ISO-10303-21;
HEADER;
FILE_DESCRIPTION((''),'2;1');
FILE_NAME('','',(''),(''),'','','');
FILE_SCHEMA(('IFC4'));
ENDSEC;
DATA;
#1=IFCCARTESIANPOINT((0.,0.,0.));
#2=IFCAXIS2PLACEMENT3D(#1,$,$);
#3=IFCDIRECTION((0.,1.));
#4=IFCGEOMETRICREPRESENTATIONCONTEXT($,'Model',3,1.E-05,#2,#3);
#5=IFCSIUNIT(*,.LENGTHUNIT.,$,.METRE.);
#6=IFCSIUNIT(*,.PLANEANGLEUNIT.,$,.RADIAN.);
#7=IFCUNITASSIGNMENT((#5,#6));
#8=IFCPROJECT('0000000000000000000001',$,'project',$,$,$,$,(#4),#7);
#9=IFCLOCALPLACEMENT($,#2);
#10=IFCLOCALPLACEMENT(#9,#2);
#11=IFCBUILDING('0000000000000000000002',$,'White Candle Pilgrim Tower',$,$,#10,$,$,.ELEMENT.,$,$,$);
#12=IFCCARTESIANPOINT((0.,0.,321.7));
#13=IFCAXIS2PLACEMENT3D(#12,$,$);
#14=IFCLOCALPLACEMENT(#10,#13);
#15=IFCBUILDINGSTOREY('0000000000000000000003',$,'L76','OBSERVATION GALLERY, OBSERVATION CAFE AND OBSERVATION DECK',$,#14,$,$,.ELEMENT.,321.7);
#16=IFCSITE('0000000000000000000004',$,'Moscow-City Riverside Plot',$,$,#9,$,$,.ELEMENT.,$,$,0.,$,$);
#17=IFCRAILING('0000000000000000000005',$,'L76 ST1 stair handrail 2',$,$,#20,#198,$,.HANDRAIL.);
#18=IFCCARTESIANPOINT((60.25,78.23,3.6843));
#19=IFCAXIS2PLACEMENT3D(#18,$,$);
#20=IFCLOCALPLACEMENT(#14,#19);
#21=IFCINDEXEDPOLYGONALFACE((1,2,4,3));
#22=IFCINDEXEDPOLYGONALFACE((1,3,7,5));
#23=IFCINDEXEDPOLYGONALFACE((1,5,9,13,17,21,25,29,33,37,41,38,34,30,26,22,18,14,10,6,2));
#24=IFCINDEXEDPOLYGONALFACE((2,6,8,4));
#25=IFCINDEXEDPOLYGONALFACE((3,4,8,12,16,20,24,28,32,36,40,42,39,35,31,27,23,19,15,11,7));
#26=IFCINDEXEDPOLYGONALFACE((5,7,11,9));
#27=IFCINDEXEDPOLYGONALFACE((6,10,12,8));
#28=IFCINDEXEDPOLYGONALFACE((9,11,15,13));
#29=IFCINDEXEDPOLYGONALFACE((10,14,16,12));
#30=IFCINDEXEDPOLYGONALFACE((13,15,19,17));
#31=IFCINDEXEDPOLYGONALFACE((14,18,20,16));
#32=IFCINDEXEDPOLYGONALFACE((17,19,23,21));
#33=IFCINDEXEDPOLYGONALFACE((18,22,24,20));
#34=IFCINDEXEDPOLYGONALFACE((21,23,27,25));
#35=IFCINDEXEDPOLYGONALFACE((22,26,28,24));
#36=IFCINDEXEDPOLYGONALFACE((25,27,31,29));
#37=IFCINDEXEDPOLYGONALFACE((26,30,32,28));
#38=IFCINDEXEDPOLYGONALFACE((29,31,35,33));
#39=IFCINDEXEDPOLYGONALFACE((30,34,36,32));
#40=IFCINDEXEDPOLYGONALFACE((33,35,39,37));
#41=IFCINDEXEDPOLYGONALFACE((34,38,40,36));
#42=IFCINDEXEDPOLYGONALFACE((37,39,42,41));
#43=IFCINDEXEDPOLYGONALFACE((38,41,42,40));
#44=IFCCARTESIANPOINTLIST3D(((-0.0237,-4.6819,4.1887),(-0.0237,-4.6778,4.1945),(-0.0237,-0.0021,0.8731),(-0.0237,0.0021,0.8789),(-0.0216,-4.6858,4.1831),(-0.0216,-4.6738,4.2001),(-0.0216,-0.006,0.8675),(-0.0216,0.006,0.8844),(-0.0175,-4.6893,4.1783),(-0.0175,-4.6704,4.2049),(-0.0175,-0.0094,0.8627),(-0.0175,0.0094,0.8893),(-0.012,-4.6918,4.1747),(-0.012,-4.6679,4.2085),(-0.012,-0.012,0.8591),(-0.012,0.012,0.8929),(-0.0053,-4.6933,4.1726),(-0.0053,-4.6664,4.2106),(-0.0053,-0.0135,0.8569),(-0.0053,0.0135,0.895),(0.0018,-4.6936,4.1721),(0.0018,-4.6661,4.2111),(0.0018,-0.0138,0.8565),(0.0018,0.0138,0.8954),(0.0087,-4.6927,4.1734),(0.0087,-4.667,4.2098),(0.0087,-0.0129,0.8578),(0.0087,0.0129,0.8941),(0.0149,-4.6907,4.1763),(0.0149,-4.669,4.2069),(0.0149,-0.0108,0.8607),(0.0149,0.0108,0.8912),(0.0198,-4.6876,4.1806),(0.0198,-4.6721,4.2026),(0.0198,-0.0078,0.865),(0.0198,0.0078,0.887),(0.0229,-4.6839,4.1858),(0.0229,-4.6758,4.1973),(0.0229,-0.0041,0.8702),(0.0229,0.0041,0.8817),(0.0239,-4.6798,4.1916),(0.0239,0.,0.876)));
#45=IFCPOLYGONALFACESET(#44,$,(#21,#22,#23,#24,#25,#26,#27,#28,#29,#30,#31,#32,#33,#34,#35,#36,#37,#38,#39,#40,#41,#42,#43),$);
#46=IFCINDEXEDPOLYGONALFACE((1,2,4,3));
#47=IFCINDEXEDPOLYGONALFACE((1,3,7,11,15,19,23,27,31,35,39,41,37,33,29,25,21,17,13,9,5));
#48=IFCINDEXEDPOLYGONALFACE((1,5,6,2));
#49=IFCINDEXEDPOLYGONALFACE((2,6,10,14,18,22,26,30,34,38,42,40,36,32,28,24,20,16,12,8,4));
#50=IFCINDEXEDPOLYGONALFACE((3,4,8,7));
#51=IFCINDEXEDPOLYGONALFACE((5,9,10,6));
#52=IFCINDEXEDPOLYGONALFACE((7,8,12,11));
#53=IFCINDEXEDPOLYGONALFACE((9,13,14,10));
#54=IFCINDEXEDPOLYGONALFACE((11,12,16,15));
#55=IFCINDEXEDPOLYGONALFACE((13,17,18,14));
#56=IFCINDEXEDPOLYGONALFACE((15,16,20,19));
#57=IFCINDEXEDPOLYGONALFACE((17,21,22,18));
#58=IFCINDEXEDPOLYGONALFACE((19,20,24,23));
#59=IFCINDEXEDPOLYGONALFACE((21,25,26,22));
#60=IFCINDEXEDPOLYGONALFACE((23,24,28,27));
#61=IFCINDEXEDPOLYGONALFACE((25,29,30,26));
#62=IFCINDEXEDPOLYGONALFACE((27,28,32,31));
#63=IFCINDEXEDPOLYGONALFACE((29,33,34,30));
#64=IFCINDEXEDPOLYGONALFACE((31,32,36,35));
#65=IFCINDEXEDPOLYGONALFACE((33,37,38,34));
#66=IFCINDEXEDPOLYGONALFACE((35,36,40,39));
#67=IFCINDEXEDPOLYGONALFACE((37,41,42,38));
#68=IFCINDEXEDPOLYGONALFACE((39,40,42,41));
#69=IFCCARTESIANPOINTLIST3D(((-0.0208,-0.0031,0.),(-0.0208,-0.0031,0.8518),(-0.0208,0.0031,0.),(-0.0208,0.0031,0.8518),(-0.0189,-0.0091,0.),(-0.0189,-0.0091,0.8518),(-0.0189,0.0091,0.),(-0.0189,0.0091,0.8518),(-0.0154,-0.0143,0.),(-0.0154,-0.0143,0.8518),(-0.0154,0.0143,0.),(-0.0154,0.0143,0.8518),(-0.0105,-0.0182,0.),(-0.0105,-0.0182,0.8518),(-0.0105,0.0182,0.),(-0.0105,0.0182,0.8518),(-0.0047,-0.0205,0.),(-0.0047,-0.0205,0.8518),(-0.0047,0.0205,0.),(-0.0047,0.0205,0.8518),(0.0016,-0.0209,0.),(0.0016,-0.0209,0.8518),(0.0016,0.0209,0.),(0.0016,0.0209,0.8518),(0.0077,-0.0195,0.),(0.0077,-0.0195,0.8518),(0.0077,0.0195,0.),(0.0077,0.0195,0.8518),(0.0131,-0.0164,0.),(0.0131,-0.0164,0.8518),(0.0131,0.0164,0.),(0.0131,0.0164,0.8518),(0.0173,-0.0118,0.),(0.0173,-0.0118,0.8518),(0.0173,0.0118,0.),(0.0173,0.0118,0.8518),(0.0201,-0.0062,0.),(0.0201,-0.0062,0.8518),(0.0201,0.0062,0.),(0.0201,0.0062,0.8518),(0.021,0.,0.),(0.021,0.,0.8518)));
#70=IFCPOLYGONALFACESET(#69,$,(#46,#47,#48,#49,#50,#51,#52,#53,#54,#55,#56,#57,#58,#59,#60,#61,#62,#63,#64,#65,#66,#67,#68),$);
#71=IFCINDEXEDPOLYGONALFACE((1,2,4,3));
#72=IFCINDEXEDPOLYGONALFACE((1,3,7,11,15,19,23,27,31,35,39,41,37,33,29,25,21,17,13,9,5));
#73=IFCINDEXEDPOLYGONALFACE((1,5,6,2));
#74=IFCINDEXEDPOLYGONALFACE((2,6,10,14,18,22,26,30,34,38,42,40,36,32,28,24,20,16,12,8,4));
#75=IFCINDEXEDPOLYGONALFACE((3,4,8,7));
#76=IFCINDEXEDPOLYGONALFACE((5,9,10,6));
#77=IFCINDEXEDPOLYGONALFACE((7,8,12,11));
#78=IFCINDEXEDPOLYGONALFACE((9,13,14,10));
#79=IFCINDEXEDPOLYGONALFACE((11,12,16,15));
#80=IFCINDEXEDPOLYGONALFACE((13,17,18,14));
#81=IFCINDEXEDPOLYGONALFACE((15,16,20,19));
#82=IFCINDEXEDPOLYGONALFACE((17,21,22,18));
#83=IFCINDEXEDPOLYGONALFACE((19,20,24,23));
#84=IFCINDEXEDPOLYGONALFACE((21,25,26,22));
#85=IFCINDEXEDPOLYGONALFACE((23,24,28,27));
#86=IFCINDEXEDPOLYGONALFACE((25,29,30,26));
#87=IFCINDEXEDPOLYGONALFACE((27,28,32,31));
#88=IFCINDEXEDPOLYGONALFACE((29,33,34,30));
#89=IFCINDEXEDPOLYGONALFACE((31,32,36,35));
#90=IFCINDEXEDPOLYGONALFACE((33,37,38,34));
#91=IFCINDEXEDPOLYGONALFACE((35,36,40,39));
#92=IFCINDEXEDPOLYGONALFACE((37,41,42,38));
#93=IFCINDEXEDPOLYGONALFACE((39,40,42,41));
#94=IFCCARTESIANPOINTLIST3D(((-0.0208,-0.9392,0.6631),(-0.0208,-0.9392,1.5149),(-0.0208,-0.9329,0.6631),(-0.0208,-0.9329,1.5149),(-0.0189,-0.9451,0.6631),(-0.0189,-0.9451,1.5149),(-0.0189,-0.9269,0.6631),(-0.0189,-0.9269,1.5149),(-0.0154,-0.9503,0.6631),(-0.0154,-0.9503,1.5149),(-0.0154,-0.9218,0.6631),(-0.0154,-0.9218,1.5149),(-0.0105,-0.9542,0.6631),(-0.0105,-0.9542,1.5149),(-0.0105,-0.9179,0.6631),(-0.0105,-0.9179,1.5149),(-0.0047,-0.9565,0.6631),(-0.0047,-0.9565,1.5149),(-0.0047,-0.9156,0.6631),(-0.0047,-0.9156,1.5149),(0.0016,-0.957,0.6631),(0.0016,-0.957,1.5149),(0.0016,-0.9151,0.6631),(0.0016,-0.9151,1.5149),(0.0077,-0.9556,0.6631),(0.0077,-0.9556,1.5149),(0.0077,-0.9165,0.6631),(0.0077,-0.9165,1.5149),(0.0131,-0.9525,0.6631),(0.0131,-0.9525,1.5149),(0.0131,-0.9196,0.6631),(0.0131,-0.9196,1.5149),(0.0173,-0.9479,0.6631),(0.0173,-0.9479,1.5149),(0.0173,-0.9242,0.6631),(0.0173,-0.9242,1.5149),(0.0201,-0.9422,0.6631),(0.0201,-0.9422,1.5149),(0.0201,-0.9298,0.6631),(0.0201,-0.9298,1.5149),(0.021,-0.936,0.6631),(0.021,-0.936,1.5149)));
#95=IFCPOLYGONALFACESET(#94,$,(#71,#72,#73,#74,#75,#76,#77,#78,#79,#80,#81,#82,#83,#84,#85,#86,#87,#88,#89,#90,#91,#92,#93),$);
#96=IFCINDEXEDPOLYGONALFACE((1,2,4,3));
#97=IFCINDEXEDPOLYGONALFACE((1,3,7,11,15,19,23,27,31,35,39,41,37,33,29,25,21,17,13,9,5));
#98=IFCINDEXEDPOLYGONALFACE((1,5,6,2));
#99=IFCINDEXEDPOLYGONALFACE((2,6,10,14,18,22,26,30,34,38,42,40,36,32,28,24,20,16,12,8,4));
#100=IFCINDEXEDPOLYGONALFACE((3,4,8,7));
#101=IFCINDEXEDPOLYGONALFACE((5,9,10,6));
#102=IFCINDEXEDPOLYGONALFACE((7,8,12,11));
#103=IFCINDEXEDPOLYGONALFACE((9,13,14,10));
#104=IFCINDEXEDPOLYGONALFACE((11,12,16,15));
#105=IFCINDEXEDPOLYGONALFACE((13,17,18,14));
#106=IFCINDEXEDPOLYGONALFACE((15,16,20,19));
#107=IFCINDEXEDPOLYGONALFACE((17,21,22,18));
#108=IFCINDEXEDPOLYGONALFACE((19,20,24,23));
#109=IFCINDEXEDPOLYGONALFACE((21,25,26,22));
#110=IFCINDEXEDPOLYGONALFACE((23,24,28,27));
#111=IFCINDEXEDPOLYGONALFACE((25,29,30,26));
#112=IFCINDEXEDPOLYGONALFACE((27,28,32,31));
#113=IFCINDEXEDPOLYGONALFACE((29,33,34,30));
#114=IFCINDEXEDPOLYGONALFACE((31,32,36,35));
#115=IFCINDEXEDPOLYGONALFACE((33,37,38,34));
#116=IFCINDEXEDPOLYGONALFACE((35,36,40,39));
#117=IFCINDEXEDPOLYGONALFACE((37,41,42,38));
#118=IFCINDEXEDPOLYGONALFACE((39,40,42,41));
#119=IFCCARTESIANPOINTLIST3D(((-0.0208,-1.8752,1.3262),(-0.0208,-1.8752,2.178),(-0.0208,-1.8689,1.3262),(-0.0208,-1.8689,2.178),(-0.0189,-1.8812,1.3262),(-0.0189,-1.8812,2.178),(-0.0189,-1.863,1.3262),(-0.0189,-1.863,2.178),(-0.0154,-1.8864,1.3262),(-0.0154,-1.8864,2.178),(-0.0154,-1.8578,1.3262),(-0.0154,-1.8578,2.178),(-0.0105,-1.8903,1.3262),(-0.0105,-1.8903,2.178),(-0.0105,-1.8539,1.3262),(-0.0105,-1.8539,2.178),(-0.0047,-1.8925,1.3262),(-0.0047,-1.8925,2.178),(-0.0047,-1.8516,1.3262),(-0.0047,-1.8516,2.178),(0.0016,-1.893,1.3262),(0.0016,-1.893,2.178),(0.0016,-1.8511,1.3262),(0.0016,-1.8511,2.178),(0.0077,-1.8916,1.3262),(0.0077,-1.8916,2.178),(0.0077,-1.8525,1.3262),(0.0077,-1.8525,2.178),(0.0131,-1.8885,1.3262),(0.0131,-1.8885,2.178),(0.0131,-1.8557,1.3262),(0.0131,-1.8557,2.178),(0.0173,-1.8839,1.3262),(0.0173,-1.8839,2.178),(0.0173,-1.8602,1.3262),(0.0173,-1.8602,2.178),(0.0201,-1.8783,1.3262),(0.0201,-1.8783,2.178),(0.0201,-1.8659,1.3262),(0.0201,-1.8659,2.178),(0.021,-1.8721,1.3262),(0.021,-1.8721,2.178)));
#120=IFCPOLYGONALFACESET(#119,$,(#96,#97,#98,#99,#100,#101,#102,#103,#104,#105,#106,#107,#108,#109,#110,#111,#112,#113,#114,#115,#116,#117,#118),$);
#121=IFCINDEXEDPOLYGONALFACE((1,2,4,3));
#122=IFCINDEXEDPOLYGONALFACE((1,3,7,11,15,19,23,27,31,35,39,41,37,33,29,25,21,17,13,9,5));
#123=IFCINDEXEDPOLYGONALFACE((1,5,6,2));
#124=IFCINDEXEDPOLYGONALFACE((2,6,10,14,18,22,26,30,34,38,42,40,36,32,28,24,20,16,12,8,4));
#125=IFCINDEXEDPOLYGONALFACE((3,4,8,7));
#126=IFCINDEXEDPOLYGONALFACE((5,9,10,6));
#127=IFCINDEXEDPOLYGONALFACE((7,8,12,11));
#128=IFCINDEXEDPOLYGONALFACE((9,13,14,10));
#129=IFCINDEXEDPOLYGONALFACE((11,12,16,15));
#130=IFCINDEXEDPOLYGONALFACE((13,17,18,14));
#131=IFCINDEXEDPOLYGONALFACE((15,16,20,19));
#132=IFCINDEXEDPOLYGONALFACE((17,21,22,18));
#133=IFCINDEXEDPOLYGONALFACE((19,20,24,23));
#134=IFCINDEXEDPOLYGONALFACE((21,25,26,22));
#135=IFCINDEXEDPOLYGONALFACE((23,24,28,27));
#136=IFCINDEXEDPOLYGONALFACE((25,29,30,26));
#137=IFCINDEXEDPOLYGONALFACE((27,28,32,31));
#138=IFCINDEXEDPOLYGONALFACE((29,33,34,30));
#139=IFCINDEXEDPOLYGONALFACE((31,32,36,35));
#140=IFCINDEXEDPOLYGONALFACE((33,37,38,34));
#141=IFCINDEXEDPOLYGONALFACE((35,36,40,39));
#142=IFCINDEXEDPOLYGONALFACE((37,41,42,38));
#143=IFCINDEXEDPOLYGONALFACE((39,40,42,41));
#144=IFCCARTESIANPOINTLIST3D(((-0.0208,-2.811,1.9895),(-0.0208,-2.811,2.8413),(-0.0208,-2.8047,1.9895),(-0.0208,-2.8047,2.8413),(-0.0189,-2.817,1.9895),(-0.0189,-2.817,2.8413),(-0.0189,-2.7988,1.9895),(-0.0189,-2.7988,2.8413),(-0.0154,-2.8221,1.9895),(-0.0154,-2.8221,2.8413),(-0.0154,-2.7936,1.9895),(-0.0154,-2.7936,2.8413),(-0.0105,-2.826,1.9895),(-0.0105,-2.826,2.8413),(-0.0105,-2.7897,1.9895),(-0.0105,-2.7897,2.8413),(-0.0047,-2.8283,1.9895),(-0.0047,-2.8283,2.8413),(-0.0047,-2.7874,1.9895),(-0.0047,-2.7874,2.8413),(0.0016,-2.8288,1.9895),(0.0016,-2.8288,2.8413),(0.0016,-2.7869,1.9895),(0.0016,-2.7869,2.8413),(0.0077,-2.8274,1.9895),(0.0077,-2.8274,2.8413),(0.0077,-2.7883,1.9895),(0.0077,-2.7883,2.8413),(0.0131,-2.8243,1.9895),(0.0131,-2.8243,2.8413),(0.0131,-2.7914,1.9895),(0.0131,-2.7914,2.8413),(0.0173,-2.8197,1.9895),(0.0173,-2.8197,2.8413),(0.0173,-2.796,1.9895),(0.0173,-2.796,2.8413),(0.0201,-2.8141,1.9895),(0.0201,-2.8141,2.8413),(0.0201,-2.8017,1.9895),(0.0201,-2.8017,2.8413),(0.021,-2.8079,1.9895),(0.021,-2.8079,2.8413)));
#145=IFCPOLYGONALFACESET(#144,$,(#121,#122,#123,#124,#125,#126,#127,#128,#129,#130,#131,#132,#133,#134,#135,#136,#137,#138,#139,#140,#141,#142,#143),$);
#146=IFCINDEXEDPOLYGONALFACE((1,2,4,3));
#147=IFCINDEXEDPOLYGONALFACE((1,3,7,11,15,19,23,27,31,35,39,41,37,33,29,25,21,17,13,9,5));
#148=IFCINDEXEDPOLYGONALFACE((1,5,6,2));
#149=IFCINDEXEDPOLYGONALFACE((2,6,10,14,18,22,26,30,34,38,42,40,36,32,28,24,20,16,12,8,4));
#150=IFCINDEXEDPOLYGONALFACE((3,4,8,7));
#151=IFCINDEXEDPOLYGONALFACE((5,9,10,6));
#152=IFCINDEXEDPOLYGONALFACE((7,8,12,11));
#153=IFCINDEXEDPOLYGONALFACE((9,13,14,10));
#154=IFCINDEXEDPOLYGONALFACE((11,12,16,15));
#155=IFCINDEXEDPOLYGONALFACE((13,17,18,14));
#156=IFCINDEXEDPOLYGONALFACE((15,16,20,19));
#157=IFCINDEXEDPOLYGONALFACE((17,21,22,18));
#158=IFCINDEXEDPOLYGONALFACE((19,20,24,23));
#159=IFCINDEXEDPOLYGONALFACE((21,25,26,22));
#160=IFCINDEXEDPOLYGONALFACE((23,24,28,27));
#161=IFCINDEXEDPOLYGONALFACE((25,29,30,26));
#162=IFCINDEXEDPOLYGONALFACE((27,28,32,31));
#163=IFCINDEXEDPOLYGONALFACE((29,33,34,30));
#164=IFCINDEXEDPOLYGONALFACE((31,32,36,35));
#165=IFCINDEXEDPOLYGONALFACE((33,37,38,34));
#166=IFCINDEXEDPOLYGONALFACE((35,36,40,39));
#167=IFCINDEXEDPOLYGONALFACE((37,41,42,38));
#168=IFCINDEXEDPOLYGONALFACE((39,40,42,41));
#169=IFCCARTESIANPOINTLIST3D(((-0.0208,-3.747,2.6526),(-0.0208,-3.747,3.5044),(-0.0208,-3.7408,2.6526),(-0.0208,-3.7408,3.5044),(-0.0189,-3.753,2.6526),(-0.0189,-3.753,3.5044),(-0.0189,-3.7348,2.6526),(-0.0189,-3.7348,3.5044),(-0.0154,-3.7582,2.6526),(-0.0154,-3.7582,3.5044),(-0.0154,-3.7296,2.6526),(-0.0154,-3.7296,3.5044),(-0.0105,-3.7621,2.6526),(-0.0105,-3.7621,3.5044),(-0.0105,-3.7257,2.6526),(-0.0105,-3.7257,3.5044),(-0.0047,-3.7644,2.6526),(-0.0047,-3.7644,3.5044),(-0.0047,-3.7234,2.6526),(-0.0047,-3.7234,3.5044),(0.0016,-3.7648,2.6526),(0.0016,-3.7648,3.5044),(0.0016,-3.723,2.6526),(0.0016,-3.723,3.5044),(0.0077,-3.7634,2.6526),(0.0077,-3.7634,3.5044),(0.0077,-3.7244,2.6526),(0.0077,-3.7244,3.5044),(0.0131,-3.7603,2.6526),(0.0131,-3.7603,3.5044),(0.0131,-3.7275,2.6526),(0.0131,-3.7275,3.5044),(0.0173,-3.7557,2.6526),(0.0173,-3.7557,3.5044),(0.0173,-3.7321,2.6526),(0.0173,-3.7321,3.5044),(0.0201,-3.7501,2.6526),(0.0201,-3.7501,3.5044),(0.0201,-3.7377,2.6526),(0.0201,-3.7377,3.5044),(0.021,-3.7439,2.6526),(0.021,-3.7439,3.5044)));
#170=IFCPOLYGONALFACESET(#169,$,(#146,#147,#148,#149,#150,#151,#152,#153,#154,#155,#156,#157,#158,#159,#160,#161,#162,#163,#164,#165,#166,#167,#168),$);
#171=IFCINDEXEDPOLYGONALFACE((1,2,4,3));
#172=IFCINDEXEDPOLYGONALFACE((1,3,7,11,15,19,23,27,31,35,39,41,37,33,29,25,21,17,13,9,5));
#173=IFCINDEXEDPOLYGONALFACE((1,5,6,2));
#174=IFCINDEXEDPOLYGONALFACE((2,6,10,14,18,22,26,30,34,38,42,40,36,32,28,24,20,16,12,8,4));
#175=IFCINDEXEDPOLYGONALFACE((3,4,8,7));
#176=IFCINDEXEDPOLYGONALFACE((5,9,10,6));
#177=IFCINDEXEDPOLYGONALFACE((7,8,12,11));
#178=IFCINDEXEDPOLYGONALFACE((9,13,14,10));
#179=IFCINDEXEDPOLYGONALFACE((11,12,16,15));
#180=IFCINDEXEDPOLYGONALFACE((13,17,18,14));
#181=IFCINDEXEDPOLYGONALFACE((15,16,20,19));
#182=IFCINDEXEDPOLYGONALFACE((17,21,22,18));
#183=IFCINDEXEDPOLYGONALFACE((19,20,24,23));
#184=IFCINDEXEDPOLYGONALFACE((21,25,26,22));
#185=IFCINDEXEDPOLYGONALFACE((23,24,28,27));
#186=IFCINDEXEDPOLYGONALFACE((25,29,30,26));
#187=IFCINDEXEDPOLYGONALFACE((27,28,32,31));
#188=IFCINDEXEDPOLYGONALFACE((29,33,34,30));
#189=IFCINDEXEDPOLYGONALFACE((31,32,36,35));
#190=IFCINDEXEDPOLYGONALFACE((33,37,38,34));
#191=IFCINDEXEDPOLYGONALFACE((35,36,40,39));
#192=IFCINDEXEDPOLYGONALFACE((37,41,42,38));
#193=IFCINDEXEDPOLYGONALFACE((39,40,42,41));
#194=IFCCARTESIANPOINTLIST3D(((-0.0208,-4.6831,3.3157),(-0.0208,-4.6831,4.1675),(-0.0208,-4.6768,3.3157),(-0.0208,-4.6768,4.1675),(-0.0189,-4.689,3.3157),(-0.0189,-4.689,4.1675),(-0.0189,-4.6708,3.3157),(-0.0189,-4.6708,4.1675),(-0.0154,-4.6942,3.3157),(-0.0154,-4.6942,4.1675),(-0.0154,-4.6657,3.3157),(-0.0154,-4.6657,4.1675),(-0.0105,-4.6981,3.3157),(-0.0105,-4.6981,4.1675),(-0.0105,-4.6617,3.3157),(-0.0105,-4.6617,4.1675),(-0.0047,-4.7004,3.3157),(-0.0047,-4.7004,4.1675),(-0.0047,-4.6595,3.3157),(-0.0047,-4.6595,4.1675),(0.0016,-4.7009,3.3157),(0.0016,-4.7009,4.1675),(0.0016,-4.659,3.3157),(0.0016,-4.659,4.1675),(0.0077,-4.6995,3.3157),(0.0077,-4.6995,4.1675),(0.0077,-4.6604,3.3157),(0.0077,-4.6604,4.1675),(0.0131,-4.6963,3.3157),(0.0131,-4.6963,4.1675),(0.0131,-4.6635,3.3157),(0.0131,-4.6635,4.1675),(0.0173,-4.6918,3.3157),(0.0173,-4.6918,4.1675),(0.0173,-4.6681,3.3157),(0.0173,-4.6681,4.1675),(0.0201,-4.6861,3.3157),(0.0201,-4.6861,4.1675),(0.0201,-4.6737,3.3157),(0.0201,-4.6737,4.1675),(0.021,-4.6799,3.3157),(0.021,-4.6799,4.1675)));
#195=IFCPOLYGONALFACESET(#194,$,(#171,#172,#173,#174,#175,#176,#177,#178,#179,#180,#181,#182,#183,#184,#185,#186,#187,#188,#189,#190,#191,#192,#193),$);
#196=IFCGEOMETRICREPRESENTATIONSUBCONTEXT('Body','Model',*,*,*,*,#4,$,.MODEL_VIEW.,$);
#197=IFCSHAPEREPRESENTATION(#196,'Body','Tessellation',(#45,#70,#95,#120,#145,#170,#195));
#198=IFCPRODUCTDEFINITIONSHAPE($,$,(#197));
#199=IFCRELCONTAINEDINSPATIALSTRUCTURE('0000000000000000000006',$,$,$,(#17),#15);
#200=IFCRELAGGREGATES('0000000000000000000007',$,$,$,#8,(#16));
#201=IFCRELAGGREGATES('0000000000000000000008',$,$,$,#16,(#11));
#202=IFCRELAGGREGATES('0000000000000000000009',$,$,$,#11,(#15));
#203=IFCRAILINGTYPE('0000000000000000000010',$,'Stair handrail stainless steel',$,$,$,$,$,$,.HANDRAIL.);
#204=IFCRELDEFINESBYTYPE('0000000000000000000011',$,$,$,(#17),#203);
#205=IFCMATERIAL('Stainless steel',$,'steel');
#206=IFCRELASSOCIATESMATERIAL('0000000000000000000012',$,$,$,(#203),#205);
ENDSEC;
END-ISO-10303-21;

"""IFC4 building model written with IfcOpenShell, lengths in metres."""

from ifc_helpers import new_model, si_unit, direction, frame, origin, origin_2d, place, context, subcontext, project, spatial, circle, extrude, material, type_object, element, save


model = new_model("IFC4")

# Units and contexts
model_context = context("Model", 3, precision=1e-05, world=origin(), true_north=direction((0.0, 1.0)))
body_context = subcontext(model_context, "Body", "Model", "MODEL_VIEW")
ifc_project = project(units=[si_unit("LENGTHUNIT", "METRE"), si_unit("PLANEANGLEUNIT", "RADIAN")], contexts=[model_context])

# Site, building, storey
site_placement = place(None, origin())
site = spatial("IfcSite", under=ifc_project, at=site_placement, Name="Moscow-City Riverside Plot", CompositionType="ELEMENT", RefElevation=0.0)
building_placement = place(site_placement, origin())
building = spatial("IfcBuilding", under=site, at=building_placement, Name="White Candle Pilgrim Tower", CompositionType="ELEMENT")
storey_placement = place(building_placement, frame((0.0, 0.0, 321.7)))
storey = spatial("IfcBuildingStorey", under=building, at=storey_placement, Name="L76", Description="OBSERVATION GALLERY, OBSERVATION CAFE AND OBSERVATION DECK", CompositionType="ELEMENT", Elevation=321.7)

# Railing
ifc_material_1 = material(Name="Stainless steel", Category="steel")
railing_type_1 = type_object("IfcRailingType", Name="Stair handrail stainless steel", PredefinedType="HANDRAIL", material=ifc_material_1)
railing_1_placement = place(storey_placement, frame((60.25, 78.23, 3.6843)))
element("IfcRailing", 1, at=railing_1_placement, inside=storey, type_object=railing_type_1, Name="L76 ST1 stair handrail 2", PredefinedType="HANDRAIL", context=body_context, shape_type="SweptSolid", body=[
    extrude(circle(Radius=0.0239, at=origin_2d()), frame((0.0, 0.0, 0.876), z_axis=(0.0, -0.815965, 0.578101), x_axis=(1.0, 0.0, 0.0)), (0.0, 0.0, 1.0), 5.7354),
    extrude(circle(Radius=0.021, at=origin_2d()), origin(), (0.0, 0.0, 1.0), 0.8518),
    extrude(circle(Radius=0.021, at=origin_2d()), frame((0.0, -0.936, 0.6631)), (0.0, 0.0, 1.0), 0.8518),
    extrude(circle(Radius=0.021, at=origin_2d()), frame((0.0, -1.8721, 1.3262)), (0.0, 0.0, 1.0), 0.8518),
    extrude(circle(Radius=0.021, at=origin_2d()), frame((0.0, -2.8079, 1.9895)), (0.0, 0.0, 1.0), 0.8518),
    extrude(circle(Radius=0.021, at=origin_2d()), frame((0.0, -3.7439, 2.6526)), (0.0, 0.0, 1.0), 0.8518),
    extrude(circle(Radius=0.021, at=origin_2d()), frame((0.0, -4.6799, 3.3157)), (0.0, 0.0, 1.0), 0.8518),
])

save(model, "model.ifc")
